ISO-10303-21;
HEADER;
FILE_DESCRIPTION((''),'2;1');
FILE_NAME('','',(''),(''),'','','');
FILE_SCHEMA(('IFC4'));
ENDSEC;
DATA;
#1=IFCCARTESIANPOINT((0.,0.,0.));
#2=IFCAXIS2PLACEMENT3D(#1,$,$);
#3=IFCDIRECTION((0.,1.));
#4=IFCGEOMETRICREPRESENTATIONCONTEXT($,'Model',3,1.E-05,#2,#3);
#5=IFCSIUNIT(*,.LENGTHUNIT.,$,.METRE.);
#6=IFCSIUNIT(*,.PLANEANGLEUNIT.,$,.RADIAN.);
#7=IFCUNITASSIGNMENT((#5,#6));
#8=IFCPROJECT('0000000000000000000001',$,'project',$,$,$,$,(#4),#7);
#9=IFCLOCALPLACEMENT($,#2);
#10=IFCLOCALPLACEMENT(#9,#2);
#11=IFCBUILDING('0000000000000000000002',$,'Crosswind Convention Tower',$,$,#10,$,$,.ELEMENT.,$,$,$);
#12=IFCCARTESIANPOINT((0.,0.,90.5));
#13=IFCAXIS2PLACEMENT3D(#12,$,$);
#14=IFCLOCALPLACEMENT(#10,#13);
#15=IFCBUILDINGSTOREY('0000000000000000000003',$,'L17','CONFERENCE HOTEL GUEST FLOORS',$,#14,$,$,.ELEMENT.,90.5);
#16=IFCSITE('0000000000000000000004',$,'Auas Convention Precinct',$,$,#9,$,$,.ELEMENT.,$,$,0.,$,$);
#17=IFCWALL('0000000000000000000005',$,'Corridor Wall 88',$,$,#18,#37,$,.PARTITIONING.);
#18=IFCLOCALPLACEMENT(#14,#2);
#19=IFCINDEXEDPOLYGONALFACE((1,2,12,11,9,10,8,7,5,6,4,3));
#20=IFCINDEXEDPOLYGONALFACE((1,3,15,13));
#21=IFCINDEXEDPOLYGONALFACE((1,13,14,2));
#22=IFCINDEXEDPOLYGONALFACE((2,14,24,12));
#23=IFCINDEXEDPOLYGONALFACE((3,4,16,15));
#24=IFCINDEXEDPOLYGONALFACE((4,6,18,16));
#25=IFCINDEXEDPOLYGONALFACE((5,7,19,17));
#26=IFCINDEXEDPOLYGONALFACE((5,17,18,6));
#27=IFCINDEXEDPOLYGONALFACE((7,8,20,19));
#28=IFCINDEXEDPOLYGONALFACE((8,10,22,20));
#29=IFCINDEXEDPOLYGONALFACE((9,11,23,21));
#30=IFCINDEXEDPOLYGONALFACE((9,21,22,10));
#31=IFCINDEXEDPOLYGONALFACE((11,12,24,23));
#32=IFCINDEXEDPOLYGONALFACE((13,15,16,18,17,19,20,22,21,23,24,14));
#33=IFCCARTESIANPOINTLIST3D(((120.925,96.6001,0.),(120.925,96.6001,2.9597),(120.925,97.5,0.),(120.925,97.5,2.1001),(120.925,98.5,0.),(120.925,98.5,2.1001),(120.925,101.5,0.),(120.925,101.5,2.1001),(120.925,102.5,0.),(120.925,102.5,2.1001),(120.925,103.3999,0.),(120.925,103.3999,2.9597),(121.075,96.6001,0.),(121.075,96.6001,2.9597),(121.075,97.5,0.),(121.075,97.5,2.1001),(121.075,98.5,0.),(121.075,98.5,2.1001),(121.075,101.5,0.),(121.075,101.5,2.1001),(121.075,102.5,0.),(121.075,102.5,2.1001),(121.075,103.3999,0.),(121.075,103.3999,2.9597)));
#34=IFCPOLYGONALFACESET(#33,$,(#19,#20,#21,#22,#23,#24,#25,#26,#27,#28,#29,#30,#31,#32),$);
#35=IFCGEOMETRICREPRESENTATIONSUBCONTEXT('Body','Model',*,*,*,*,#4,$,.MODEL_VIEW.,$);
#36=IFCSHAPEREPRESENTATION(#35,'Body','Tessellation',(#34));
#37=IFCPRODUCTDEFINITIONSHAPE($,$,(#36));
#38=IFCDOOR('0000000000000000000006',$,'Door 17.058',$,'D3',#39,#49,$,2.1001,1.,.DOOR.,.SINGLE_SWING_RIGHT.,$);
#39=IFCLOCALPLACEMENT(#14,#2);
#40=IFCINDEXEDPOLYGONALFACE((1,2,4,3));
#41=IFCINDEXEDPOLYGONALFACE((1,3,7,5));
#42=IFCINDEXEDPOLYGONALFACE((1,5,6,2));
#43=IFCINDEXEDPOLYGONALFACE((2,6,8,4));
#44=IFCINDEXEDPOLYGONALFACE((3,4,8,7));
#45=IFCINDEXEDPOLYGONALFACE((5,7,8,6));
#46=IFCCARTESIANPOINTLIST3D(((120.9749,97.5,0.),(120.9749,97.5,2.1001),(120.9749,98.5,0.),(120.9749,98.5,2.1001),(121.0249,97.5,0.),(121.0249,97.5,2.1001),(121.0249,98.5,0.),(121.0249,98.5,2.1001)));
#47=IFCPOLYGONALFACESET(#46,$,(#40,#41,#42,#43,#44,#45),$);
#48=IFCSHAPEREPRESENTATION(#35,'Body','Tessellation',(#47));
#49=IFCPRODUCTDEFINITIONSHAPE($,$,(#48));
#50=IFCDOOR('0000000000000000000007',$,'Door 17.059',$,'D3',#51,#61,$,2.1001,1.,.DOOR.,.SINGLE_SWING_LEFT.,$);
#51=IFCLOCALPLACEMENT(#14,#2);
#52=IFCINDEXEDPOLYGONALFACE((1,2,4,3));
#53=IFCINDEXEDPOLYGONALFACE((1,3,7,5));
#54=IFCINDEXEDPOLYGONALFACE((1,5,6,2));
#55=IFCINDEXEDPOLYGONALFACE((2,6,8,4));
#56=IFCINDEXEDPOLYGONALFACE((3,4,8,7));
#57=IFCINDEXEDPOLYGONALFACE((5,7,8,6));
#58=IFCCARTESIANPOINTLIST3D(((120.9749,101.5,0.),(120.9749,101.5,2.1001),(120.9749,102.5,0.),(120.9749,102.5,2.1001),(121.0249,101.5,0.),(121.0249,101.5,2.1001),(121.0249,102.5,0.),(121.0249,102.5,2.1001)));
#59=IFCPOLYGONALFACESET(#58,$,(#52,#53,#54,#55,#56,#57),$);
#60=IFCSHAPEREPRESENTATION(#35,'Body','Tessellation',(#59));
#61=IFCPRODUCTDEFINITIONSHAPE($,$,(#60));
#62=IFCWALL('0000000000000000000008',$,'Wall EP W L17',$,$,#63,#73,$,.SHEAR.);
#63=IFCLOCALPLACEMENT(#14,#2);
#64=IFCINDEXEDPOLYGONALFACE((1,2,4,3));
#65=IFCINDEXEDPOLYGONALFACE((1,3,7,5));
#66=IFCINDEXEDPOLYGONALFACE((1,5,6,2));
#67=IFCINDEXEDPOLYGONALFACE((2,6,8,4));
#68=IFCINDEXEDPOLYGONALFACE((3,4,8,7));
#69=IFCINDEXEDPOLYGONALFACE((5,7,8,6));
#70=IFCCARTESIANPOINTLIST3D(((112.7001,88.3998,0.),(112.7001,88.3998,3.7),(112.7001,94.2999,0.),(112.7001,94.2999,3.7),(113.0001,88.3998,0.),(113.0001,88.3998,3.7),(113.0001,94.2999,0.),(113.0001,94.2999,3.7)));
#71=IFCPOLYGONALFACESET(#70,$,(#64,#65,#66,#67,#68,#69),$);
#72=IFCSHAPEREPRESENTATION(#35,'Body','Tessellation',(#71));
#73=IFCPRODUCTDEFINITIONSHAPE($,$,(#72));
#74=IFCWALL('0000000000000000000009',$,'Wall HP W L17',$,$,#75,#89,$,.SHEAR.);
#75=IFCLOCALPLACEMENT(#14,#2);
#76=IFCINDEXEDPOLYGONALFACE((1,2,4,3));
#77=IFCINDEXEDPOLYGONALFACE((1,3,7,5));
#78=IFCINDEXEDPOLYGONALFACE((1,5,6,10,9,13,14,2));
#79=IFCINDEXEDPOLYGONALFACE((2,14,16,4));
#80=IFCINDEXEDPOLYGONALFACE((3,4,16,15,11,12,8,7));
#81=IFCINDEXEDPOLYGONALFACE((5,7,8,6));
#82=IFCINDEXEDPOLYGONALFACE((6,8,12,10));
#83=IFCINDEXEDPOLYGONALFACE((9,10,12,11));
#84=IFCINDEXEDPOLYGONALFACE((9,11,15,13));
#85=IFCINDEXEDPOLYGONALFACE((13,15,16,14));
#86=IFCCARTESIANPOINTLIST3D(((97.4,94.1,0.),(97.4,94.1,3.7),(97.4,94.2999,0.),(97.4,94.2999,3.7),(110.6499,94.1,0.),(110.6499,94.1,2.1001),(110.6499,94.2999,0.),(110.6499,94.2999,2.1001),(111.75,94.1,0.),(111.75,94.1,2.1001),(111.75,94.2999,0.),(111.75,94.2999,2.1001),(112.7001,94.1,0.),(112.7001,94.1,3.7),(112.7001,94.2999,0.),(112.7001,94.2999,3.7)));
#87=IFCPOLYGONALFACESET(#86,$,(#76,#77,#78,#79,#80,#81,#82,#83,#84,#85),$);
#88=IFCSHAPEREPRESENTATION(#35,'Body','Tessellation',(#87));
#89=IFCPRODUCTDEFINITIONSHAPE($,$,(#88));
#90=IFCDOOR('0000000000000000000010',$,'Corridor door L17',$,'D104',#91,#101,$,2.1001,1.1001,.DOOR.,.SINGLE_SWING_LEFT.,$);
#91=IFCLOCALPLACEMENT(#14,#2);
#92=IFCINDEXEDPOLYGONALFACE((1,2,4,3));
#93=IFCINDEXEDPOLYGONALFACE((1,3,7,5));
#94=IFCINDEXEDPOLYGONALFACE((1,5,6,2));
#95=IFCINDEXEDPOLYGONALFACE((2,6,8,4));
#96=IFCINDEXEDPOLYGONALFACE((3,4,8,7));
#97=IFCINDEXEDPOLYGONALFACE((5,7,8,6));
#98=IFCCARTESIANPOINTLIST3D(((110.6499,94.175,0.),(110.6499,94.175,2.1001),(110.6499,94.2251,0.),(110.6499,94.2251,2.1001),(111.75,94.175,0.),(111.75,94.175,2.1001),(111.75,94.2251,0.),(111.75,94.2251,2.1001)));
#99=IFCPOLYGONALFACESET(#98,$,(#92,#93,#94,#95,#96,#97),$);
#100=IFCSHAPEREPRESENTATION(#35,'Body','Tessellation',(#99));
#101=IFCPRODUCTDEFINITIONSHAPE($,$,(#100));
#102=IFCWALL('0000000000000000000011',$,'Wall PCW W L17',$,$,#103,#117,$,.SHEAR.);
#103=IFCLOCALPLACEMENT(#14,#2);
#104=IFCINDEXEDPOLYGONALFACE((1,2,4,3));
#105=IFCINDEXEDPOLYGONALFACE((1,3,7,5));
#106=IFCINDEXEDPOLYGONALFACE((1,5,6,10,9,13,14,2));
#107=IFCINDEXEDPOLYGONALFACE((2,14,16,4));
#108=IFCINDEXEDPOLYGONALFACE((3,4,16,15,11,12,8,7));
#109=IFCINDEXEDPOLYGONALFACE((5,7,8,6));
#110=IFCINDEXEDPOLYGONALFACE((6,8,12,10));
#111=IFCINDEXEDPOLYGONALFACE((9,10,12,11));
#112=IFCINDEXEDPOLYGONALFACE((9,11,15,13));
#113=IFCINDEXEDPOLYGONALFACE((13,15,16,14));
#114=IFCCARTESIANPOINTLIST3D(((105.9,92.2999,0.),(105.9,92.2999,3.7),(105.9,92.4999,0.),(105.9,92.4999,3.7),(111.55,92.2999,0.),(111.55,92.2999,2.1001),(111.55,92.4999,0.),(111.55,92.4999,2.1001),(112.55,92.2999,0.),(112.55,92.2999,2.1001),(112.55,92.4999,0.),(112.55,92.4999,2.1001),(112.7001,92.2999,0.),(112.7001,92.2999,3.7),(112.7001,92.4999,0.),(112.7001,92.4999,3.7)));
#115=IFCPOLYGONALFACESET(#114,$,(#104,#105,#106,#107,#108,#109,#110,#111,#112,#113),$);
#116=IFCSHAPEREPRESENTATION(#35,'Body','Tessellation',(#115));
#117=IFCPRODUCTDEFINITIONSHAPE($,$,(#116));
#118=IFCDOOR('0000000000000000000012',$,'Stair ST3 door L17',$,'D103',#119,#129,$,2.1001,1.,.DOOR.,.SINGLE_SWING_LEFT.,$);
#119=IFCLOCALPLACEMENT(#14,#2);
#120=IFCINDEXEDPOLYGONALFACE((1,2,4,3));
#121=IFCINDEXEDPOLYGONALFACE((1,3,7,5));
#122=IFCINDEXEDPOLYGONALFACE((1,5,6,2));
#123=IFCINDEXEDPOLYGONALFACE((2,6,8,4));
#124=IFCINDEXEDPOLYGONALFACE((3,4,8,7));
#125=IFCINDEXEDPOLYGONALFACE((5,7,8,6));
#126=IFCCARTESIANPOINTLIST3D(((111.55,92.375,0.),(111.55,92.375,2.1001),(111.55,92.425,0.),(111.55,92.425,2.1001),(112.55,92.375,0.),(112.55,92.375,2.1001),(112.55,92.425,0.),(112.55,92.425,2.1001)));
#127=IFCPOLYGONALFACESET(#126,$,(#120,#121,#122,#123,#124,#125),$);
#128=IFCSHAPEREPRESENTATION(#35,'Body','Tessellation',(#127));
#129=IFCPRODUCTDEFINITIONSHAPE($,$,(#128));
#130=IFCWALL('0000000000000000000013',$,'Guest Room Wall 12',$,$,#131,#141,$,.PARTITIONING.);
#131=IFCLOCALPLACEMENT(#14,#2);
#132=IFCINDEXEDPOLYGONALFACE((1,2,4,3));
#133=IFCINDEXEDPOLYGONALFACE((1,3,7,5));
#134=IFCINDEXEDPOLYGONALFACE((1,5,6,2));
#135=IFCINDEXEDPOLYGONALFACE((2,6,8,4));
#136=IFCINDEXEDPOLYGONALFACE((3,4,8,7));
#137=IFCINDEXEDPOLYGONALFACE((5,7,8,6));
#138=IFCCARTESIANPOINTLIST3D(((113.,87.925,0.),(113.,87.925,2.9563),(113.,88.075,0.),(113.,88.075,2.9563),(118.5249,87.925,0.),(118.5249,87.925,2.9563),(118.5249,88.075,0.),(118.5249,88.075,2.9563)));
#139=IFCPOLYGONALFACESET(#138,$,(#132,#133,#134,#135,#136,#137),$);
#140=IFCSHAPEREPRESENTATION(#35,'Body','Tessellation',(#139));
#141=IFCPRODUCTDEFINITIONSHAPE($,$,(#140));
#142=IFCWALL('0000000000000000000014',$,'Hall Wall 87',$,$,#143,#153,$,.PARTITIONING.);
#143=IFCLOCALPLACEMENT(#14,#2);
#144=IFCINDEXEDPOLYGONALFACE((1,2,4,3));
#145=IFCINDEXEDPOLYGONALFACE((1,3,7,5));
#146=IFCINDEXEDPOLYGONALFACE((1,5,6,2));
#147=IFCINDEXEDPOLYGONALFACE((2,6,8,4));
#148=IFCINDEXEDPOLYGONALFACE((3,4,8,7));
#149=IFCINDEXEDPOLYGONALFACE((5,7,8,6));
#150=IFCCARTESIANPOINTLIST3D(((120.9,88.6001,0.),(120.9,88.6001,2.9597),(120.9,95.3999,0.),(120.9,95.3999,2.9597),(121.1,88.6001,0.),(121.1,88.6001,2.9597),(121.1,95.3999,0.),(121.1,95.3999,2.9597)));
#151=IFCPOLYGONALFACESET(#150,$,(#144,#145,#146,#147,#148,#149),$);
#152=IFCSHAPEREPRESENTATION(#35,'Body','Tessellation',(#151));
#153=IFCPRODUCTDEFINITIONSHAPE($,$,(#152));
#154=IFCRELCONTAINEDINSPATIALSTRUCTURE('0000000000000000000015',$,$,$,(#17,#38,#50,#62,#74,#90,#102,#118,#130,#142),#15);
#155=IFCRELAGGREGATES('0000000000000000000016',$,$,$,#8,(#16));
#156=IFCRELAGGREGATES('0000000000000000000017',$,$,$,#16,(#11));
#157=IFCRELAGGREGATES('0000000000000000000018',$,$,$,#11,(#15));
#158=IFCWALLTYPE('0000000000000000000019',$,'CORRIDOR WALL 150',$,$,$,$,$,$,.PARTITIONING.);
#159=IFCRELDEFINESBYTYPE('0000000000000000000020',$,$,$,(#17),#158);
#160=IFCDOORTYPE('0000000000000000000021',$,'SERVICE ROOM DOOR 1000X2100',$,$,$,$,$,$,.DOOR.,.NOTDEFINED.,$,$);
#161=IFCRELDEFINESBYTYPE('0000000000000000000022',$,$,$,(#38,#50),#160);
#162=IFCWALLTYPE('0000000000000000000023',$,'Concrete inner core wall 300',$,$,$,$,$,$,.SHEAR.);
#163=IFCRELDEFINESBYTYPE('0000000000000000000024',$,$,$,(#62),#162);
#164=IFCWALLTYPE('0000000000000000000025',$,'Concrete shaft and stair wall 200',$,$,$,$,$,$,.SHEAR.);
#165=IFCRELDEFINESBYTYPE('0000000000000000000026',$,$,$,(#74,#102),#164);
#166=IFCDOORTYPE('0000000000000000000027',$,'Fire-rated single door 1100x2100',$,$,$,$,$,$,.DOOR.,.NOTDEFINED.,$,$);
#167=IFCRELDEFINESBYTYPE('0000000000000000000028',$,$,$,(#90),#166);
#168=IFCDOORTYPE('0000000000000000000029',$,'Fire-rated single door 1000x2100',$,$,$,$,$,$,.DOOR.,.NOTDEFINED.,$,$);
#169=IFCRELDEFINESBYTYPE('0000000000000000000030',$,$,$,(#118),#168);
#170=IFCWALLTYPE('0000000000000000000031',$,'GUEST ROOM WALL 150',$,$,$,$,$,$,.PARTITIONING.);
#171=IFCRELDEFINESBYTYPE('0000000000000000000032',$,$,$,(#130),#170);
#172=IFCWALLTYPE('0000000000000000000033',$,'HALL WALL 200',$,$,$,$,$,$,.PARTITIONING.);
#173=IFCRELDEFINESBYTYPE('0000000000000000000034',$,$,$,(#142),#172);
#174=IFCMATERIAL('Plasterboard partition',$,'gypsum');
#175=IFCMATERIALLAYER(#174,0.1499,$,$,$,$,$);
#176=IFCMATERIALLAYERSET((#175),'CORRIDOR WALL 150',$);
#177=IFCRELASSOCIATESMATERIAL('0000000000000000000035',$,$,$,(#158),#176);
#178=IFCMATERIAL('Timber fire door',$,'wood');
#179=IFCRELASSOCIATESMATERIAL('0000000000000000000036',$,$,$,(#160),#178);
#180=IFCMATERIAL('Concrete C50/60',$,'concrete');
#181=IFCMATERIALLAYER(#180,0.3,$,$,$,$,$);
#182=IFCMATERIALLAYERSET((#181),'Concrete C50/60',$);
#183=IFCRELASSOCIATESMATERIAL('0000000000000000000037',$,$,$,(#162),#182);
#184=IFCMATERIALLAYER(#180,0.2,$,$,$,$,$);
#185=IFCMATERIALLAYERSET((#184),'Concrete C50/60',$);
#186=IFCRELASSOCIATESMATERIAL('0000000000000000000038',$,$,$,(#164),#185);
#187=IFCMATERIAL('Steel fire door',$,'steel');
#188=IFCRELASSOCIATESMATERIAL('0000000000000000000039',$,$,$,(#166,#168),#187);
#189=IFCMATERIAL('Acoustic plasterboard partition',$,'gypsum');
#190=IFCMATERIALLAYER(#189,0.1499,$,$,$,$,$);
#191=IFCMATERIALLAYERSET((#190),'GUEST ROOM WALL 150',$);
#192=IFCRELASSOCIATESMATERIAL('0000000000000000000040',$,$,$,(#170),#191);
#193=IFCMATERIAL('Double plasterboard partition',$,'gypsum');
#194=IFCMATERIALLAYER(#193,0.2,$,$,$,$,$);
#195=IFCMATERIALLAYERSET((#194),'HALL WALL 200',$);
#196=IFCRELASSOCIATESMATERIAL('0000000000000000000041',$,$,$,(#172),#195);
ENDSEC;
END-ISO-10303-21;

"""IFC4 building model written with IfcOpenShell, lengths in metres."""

from ifc_helpers import new_model, si_unit, direction, frame, frame_2d, origin, place, context, subcontext, project, spatial, rectangle, extrude, material, layer, layer_set, type_object, element, fill, save


model = new_model("IFC4")

# Units and contexts
model_context = context("Model", 3, precision=1e-05, world=origin(), true_north=direction((0.0, 1.0)))
body_context = subcontext(model_context, "Body", "Model", "MODEL_VIEW")
ifc_project = project(units=[si_unit("LENGTHUNIT", "METRE"), si_unit("PLANEANGLEUNIT", "RADIAN")], contexts=[model_context])

# Site, building, storey
site_placement = place(None, origin())
site = spatial("IfcSite", under=ifc_project, at=site_placement, Name="Auas Convention Precinct", CompositionType="ELEMENT", RefElevation=0.0)
building_placement = place(site_placement, origin())
building = spatial("IfcBuilding", under=site, at=building_placement, Name="Crosswind Convention Tower", CompositionType="ELEMENT")
storey_placement = place(building_placement, frame((0.0, 0.0, 90.5)))
storey = spatial("IfcBuildingStorey", under=building, at=storey_placement, Name="L17", Description="CONFERENCE HOTEL GUEST FLOORS", CompositionType="ELEMENT", Elevation=90.5)

# Shared definitions
ifc_material_1 = material(Name="Plasterboard partition", Category="gypsum")
ifc_layer_1 = layer(ifc_material_1, 0.1499)
ifc_layer_set_1 = layer_set([ifc_layer_1], Name="CORRIDOR WALL 150")
wall_type_1 = type_object("IfcWallType", Name="CORRIDOR WALL 150", PredefinedType="PARTITIONING", material=ifc_layer_set_1)

# Shared definitions
ifc_material_2 = material(Name="Timber fire door", Category="wood")
door_type_1 = type_object("IfcDoorType", Name="SERVICE ROOM DOOR 1000X2100", OperationType="NOTDEFINED", PredefinedType="DOOR", material=ifc_material_2)

# Wall, openings, doors
wall_1_placement = place(storey_placement, frame((121.0, 96.6001, 0.0), z_axis=(0.0, 0.0, 1.0), x_axis=(0.0, 1.0, 0.0)))
wall_1 = element("IfcWall", 1, at=wall_1_placement, inside=storey, type_object=wall_type_1, Name="Corridor Wall 88", PredefinedType="PARTITIONING", context=body_context, shape_type="SweptSolid", body=[
    extrude(rectangle(XDim=6.7998, YDim=0.1499, at=frame_2d((3.3999, 0.0))), origin(), (0.0, 0.0, 1.0), 2.9597),
])
opening_1_placement = place(wall_1_placement, frame((0.8999, 0.0, 0.0)))
opening_1 = element("IfcOpeningElement", 2, at=opening_1_placement, cuts=wall_1, PredefinedType="OPENING", context=body_context, shape_type="SweptSolid", body=[
    extrude(rectangle(XDim=1.0, YDim=2.1001, at=frame_2d((0.5, 1.05))), frame((0.0, 0.085, 0.0), z_axis=(0.0, -1.0, 0.0), x_axis=(1.0, 0.0, 0.0)), (0.0, 0.0, 1.0), 0.1699),
])
opening_2_placement = place(wall_1_placement, frame((4.8999, 0.0, 0.0)))
opening_2 = element("IfcOpeningElement", 3, at=opening_2_placement, cuts=wall_1, PredefinedType="OPENING", context=body_context, shape_type="SweptSolid", body=[
    extrude(rectangle(XDim=1.0, YDim=2.1001, at=frame_2d((0.5, 1.05))), frame((0.0, 0.085, 0.0), z_axis=(0.0, -1.0, 0.0), x_axis=(1.0, 0.0, 0.0)), (0.0, 0.0, 1.0), 0.1699),
])
door_1_placement = place(opening_1_placement, frame((1.0, 0.0, 0.0), z_axis=(0.0, 0.0, 1.0), x_axis=(-1.0, 0.0, 0.0)))
door_1 = element("IfcDoor", 4, at=door_1_placement, inside=storey, type_object=door_type_1, Name="Door 17.058", ObjectType="D3", OperationType="SINGLE_SWING_RIGHT", OverallHeight=2.1001, OverallWidth=1.0, PredefinedType="DOOR", context=body_context, shape_type="SweptSolid", body=[
    extrude(rectangle(XDim=1.0, YDim=2.1001, at=frame_2d((0.5, 1.05))), frame((0.0, 0.0249, 0.0), z_axis=(0.0, -1.0, 0.0), x_axis=(1.0, 0.0, 0.0)), (0.0, 0.0, 1.0), 0.05),
])
fill(opening_1, door_1)
door_2_placement = place(opening_2_placement, frame((1.0, 0.0, 0.0), z_axis=(0.0, 0.0, 1.0), x_axis=(-1.0, 0.0, 0.0)))
door_2 = element("IfcDoor", 5, at=door_2_placement, inside=storey, type_object=door_type_1, Name="Door 17.059", ObjectType="D3", OperationType="SINGLE_SWING_LEFT", OverallHeight=2.1001, OverallWidth=1.0, PredefinedType="DOOR", context=body_context, shape_type="SweptSolid", body=[
    extrude(rectangle(XDim=1.0, YDim=2.1001, at=frame_2d((0.5, 1.05))), frame((0.0, 0.0249, 0.0), z_axis=(0.0, -1.0, 0.0), x_axis=(1.0, 0.0, 0.0)), (0.0, 0.0, 1.0), 0.05),
])
fill(opening_2, door_2)

# Wall
ifc_material_3 = material(Name="Concrete C50/60", Category="concrete")
ifc_layer_2 = layer(ifc_material_3, 0.3)
ifc_layer_set_2 = layer_set([ifc_layer_2], Name="Concrete C50/60")
wall_type_2 = type_object("IfcWallType", Name="Concrete inner core wall 300", PredefinedType="SHEAR", material=ifc_layer_set_2)
wall_2_placement = place(storey_placement, frame((112.8501, 94.3, 0.0), z_axis=(0.0, 0.0, 1.0), x_axis=(0.0, -1.0, 0.0)))
element("IfcWall", 6, at=wall_2_placement, inside=storey, type_object=wall_type_2, Name="Wall EP W L17", PredefinedType="SHEAR", context=body_context, shape_type="SweptSolid", body=[
    extrude(rectangle(XDim=5.9001, YDim=0.3, at=frame_2d((2.9502, 0.0))), origin(), (0.0, 0.0, 1.0), 3.7),
])

# Walls, openings, doors
ifc_layer_3 = layer(ifc_material_3, 0.2)
ifc_layer_set_3 = layer_set([ifc_layer_3], Name="Concrete C50/60")
wall_type_3 = type_object("IfcWallType", Name="Concrete shaft and stair wall 200", PredefinedType="SHEAR", material=ifc_layer_set_3)
wall_3_placement = place(storey_placement, frame((112.7, 94.2, 0.0), z_axis=(0.0, 0.0, 1.0), x_axis=(-1.0, 0.0, 0.0)))
wall_3 = element("IfcWall", 7, at=wall_3_placement, inside=storey, type_object=wall_type_3, Name="Wall HP W L17", PredefinedType="SHEAR", context=body_context, shape_type="SweptSolid", body=[
    extrude(rectangle(XDim=15.3, YDim=0.2, at=frame_2d((7.6499, 0.0))), origin(), (0.0, 0.0, 1.0), 3.7),
])
opening_3_placement = place(wall_3_placement, frame((0.95, 0.0, 0.0)))
opening_3 = element("IfcOpeningElement", 8, at=opening_3_placement, cuts=wall_3, PredefinedType="OPENING", context=body_context, shape_type="SweptSolid", body=[
    extrude(rectangle(XDim=1.1001, YDim=2.1001, at=frame_2d((0.55, 1.05))), frame((0.0, 0.1099, 0.0), z_axis=(0.0, -1.0, 0.0), x_axis=(1.0, 0.0, 0.0)), (0.0, 0.0, 1.0), 0.22),
])
ifc_material_4 = material(Name="Steel fire door", Category="steel")
door_type_2 = type_object("IfcDoorType", Name="Fire-rated single door 1100x2100", OperationType="NOTDEFINED", PredefinedType="DOOR", material=ifc_material_4)
door_3_placement = place(opening_3_placement, origin())
door_3 = element("IfcDoor", 9, at=door_3_placement, inside=storey, type_object=door_type_2, Name="Corridor door L17", ObjectType="D104", OperationType="SINGLE_SWING_LEFT", OverallHeight=2.1001, OverallWidth=1.1001, PredefinedType="DOOR", context=body_context, shape_type="SweptSolid", body=[
    extrude(rectangle(XDim=1.1001, YDim=2.1001, at=frame_2d((0.55, 1.05))), frame((0.0, 0.0249, 0.0), z_axis=(0.0, -1.0, 0.0), x_axis=(1.0, 0.0, 0.0)), (0.0, 0.0, 1.0), 0.05),
])
fill(opening_3, door_3)
wall_4_placement = place(storey_placement, frame((112.7, 92.3999, 0.0), z_axis=(0.0, 0.0, 1.0), x_axis=(-1.0, 0.0, 0.0)))
wall_4 = element("IfcWall", 10, at=wall_4_placement, inside=storey, type_object=wall_type_3, Name="Wall PCW W L17", PredefinedType="SHEAR", context=body_context, shape_type="SweptSolid", body=[
    extrude(rectangle(XDim=6.8, YDim=0.2, at=frame_2d((3.3999, 0.0))), origin(), (0.0, 0.0, 1.0), 3.7),
])
opening_4_placement = place(wall_4_placement, frame((0.1499, 0.0, 0.0)))
opening_4 = element("IfcOpeningElement", 11, at=opening_4_placement, cuts=wall_4, PredefinedType="OPENING", context=body_context, shape_type="SweptSolid", body=[
    extrude(rectangle(XDim=1.0, YDim=2.1001, at=frame_2d((0.5, 1.05))), frame((0.0, 0.1099, 0.0), z_axis=(0.0, -1.0, 0.0), x_axis=(1.0, 0.0, 0.0)), (0.0, 0.0, 1.0), 0.22),
])
door_type_3 = type_object("IfcDoorType", Name="Fire-rated single door 1000x2100", OperationType="NOTDEFINED", PredefinedType="DOOR", material=ifc_material_4)
door_4_placement = place(opening_4_placement, origin())
door_4 = element("IfcDoor", 12, at=door_4_placement, inside=storey, type_object=door_type_3, Name="Stair ST3 door L17", ObjectType="D103", OperationType="SINGLE_SWING_LEFT", OverallHeight=2.1001, OverallWidth=1.0, PredefinedType="DOOR", context=body_context, shape_type="SweptSolid", body=[
    extrude(rectangle(XDim=1.0, YDim=2.1001, at=frame_2d((0.5, 1.05))), frame((0.0, 0.0249, 0.0), z_axis=(0.0, -1.0, 0.0), x_axis=(1.0, 0.0, 0.0)), (0.0, 0.0, 1.0), 0.05),
])
fill(opening_4, door_4)

# Walls
ifc_material_5 = material(Name="Acoustic plasterboard partition", Category="gypsum")
ifc_layer_4 = layer(ifc_material_5, 0.1499)
ifc_layer_set_4 = layer_set([ifc_layer_4], Name="GUEST ROOM WALL 150")
wall_type_4 = type_object("IfcWallType", Name="GUEST ROOM WALL 150", PredefinedType="PARTITIONING", material=ifc_layer_set_4)
wall_5_placement = place(storey_placement, frame((113.0, 88.0, 0.0), z_axis=(0.0, 0.0, 1.0), x_axis=(1.0, 0.0, 0.0)))
element("IfcWall", 13, at=wall_5_placement, inside=storey, type_object=wall_type_4, Name="Guest Room Wall 12", PredefinedType="PARTITIONING", context=body_context, shape_type="SweptSolid", body=[
    extrude(rectangle(XDim=5.5249, YDim=0.1499, at=frame_2d((2.7625, 0.0))), origin(), (0.0, 0.0, 1.0), 2.9563),
])
ifc_material_6 = material(Name="Double plasterboard partition", Category="gypsum")
ifc_layer_5 = layer(ifc_material_6, 0.2)
ifc_layer_set_5 = layer_set([ifc_layer_5], Name="HALL WALL 200")
wall_type_5 = type_object("IfcWallType", Name="HALL WALL 200", PredefinedType="PARTITIONING", material=ifc_layer_set_5)
wall_6_placement = place(storey_placement, frame((121.0, 88.6001, 0.0), z_axis=(0.0, 0.0, 1.0), x_axis=(0.0, 1.0, 0.0)))
element("IfcWall", 14, at=wall_6_placement, inside=storey, type_object=wall_type_5, Name="Hall Wall 87", PredefinedType="PARTITIONING", context=body_context, shape_type="SweptSolid", body=[
    extrude(rectangle(XDim=6.7998, YDim=0.2, at=frame_2d((3.3999, 0.0))), origin(), (0.0, 0.0, 1.0), 2.9597),
])

save(model, "model.ifc")
